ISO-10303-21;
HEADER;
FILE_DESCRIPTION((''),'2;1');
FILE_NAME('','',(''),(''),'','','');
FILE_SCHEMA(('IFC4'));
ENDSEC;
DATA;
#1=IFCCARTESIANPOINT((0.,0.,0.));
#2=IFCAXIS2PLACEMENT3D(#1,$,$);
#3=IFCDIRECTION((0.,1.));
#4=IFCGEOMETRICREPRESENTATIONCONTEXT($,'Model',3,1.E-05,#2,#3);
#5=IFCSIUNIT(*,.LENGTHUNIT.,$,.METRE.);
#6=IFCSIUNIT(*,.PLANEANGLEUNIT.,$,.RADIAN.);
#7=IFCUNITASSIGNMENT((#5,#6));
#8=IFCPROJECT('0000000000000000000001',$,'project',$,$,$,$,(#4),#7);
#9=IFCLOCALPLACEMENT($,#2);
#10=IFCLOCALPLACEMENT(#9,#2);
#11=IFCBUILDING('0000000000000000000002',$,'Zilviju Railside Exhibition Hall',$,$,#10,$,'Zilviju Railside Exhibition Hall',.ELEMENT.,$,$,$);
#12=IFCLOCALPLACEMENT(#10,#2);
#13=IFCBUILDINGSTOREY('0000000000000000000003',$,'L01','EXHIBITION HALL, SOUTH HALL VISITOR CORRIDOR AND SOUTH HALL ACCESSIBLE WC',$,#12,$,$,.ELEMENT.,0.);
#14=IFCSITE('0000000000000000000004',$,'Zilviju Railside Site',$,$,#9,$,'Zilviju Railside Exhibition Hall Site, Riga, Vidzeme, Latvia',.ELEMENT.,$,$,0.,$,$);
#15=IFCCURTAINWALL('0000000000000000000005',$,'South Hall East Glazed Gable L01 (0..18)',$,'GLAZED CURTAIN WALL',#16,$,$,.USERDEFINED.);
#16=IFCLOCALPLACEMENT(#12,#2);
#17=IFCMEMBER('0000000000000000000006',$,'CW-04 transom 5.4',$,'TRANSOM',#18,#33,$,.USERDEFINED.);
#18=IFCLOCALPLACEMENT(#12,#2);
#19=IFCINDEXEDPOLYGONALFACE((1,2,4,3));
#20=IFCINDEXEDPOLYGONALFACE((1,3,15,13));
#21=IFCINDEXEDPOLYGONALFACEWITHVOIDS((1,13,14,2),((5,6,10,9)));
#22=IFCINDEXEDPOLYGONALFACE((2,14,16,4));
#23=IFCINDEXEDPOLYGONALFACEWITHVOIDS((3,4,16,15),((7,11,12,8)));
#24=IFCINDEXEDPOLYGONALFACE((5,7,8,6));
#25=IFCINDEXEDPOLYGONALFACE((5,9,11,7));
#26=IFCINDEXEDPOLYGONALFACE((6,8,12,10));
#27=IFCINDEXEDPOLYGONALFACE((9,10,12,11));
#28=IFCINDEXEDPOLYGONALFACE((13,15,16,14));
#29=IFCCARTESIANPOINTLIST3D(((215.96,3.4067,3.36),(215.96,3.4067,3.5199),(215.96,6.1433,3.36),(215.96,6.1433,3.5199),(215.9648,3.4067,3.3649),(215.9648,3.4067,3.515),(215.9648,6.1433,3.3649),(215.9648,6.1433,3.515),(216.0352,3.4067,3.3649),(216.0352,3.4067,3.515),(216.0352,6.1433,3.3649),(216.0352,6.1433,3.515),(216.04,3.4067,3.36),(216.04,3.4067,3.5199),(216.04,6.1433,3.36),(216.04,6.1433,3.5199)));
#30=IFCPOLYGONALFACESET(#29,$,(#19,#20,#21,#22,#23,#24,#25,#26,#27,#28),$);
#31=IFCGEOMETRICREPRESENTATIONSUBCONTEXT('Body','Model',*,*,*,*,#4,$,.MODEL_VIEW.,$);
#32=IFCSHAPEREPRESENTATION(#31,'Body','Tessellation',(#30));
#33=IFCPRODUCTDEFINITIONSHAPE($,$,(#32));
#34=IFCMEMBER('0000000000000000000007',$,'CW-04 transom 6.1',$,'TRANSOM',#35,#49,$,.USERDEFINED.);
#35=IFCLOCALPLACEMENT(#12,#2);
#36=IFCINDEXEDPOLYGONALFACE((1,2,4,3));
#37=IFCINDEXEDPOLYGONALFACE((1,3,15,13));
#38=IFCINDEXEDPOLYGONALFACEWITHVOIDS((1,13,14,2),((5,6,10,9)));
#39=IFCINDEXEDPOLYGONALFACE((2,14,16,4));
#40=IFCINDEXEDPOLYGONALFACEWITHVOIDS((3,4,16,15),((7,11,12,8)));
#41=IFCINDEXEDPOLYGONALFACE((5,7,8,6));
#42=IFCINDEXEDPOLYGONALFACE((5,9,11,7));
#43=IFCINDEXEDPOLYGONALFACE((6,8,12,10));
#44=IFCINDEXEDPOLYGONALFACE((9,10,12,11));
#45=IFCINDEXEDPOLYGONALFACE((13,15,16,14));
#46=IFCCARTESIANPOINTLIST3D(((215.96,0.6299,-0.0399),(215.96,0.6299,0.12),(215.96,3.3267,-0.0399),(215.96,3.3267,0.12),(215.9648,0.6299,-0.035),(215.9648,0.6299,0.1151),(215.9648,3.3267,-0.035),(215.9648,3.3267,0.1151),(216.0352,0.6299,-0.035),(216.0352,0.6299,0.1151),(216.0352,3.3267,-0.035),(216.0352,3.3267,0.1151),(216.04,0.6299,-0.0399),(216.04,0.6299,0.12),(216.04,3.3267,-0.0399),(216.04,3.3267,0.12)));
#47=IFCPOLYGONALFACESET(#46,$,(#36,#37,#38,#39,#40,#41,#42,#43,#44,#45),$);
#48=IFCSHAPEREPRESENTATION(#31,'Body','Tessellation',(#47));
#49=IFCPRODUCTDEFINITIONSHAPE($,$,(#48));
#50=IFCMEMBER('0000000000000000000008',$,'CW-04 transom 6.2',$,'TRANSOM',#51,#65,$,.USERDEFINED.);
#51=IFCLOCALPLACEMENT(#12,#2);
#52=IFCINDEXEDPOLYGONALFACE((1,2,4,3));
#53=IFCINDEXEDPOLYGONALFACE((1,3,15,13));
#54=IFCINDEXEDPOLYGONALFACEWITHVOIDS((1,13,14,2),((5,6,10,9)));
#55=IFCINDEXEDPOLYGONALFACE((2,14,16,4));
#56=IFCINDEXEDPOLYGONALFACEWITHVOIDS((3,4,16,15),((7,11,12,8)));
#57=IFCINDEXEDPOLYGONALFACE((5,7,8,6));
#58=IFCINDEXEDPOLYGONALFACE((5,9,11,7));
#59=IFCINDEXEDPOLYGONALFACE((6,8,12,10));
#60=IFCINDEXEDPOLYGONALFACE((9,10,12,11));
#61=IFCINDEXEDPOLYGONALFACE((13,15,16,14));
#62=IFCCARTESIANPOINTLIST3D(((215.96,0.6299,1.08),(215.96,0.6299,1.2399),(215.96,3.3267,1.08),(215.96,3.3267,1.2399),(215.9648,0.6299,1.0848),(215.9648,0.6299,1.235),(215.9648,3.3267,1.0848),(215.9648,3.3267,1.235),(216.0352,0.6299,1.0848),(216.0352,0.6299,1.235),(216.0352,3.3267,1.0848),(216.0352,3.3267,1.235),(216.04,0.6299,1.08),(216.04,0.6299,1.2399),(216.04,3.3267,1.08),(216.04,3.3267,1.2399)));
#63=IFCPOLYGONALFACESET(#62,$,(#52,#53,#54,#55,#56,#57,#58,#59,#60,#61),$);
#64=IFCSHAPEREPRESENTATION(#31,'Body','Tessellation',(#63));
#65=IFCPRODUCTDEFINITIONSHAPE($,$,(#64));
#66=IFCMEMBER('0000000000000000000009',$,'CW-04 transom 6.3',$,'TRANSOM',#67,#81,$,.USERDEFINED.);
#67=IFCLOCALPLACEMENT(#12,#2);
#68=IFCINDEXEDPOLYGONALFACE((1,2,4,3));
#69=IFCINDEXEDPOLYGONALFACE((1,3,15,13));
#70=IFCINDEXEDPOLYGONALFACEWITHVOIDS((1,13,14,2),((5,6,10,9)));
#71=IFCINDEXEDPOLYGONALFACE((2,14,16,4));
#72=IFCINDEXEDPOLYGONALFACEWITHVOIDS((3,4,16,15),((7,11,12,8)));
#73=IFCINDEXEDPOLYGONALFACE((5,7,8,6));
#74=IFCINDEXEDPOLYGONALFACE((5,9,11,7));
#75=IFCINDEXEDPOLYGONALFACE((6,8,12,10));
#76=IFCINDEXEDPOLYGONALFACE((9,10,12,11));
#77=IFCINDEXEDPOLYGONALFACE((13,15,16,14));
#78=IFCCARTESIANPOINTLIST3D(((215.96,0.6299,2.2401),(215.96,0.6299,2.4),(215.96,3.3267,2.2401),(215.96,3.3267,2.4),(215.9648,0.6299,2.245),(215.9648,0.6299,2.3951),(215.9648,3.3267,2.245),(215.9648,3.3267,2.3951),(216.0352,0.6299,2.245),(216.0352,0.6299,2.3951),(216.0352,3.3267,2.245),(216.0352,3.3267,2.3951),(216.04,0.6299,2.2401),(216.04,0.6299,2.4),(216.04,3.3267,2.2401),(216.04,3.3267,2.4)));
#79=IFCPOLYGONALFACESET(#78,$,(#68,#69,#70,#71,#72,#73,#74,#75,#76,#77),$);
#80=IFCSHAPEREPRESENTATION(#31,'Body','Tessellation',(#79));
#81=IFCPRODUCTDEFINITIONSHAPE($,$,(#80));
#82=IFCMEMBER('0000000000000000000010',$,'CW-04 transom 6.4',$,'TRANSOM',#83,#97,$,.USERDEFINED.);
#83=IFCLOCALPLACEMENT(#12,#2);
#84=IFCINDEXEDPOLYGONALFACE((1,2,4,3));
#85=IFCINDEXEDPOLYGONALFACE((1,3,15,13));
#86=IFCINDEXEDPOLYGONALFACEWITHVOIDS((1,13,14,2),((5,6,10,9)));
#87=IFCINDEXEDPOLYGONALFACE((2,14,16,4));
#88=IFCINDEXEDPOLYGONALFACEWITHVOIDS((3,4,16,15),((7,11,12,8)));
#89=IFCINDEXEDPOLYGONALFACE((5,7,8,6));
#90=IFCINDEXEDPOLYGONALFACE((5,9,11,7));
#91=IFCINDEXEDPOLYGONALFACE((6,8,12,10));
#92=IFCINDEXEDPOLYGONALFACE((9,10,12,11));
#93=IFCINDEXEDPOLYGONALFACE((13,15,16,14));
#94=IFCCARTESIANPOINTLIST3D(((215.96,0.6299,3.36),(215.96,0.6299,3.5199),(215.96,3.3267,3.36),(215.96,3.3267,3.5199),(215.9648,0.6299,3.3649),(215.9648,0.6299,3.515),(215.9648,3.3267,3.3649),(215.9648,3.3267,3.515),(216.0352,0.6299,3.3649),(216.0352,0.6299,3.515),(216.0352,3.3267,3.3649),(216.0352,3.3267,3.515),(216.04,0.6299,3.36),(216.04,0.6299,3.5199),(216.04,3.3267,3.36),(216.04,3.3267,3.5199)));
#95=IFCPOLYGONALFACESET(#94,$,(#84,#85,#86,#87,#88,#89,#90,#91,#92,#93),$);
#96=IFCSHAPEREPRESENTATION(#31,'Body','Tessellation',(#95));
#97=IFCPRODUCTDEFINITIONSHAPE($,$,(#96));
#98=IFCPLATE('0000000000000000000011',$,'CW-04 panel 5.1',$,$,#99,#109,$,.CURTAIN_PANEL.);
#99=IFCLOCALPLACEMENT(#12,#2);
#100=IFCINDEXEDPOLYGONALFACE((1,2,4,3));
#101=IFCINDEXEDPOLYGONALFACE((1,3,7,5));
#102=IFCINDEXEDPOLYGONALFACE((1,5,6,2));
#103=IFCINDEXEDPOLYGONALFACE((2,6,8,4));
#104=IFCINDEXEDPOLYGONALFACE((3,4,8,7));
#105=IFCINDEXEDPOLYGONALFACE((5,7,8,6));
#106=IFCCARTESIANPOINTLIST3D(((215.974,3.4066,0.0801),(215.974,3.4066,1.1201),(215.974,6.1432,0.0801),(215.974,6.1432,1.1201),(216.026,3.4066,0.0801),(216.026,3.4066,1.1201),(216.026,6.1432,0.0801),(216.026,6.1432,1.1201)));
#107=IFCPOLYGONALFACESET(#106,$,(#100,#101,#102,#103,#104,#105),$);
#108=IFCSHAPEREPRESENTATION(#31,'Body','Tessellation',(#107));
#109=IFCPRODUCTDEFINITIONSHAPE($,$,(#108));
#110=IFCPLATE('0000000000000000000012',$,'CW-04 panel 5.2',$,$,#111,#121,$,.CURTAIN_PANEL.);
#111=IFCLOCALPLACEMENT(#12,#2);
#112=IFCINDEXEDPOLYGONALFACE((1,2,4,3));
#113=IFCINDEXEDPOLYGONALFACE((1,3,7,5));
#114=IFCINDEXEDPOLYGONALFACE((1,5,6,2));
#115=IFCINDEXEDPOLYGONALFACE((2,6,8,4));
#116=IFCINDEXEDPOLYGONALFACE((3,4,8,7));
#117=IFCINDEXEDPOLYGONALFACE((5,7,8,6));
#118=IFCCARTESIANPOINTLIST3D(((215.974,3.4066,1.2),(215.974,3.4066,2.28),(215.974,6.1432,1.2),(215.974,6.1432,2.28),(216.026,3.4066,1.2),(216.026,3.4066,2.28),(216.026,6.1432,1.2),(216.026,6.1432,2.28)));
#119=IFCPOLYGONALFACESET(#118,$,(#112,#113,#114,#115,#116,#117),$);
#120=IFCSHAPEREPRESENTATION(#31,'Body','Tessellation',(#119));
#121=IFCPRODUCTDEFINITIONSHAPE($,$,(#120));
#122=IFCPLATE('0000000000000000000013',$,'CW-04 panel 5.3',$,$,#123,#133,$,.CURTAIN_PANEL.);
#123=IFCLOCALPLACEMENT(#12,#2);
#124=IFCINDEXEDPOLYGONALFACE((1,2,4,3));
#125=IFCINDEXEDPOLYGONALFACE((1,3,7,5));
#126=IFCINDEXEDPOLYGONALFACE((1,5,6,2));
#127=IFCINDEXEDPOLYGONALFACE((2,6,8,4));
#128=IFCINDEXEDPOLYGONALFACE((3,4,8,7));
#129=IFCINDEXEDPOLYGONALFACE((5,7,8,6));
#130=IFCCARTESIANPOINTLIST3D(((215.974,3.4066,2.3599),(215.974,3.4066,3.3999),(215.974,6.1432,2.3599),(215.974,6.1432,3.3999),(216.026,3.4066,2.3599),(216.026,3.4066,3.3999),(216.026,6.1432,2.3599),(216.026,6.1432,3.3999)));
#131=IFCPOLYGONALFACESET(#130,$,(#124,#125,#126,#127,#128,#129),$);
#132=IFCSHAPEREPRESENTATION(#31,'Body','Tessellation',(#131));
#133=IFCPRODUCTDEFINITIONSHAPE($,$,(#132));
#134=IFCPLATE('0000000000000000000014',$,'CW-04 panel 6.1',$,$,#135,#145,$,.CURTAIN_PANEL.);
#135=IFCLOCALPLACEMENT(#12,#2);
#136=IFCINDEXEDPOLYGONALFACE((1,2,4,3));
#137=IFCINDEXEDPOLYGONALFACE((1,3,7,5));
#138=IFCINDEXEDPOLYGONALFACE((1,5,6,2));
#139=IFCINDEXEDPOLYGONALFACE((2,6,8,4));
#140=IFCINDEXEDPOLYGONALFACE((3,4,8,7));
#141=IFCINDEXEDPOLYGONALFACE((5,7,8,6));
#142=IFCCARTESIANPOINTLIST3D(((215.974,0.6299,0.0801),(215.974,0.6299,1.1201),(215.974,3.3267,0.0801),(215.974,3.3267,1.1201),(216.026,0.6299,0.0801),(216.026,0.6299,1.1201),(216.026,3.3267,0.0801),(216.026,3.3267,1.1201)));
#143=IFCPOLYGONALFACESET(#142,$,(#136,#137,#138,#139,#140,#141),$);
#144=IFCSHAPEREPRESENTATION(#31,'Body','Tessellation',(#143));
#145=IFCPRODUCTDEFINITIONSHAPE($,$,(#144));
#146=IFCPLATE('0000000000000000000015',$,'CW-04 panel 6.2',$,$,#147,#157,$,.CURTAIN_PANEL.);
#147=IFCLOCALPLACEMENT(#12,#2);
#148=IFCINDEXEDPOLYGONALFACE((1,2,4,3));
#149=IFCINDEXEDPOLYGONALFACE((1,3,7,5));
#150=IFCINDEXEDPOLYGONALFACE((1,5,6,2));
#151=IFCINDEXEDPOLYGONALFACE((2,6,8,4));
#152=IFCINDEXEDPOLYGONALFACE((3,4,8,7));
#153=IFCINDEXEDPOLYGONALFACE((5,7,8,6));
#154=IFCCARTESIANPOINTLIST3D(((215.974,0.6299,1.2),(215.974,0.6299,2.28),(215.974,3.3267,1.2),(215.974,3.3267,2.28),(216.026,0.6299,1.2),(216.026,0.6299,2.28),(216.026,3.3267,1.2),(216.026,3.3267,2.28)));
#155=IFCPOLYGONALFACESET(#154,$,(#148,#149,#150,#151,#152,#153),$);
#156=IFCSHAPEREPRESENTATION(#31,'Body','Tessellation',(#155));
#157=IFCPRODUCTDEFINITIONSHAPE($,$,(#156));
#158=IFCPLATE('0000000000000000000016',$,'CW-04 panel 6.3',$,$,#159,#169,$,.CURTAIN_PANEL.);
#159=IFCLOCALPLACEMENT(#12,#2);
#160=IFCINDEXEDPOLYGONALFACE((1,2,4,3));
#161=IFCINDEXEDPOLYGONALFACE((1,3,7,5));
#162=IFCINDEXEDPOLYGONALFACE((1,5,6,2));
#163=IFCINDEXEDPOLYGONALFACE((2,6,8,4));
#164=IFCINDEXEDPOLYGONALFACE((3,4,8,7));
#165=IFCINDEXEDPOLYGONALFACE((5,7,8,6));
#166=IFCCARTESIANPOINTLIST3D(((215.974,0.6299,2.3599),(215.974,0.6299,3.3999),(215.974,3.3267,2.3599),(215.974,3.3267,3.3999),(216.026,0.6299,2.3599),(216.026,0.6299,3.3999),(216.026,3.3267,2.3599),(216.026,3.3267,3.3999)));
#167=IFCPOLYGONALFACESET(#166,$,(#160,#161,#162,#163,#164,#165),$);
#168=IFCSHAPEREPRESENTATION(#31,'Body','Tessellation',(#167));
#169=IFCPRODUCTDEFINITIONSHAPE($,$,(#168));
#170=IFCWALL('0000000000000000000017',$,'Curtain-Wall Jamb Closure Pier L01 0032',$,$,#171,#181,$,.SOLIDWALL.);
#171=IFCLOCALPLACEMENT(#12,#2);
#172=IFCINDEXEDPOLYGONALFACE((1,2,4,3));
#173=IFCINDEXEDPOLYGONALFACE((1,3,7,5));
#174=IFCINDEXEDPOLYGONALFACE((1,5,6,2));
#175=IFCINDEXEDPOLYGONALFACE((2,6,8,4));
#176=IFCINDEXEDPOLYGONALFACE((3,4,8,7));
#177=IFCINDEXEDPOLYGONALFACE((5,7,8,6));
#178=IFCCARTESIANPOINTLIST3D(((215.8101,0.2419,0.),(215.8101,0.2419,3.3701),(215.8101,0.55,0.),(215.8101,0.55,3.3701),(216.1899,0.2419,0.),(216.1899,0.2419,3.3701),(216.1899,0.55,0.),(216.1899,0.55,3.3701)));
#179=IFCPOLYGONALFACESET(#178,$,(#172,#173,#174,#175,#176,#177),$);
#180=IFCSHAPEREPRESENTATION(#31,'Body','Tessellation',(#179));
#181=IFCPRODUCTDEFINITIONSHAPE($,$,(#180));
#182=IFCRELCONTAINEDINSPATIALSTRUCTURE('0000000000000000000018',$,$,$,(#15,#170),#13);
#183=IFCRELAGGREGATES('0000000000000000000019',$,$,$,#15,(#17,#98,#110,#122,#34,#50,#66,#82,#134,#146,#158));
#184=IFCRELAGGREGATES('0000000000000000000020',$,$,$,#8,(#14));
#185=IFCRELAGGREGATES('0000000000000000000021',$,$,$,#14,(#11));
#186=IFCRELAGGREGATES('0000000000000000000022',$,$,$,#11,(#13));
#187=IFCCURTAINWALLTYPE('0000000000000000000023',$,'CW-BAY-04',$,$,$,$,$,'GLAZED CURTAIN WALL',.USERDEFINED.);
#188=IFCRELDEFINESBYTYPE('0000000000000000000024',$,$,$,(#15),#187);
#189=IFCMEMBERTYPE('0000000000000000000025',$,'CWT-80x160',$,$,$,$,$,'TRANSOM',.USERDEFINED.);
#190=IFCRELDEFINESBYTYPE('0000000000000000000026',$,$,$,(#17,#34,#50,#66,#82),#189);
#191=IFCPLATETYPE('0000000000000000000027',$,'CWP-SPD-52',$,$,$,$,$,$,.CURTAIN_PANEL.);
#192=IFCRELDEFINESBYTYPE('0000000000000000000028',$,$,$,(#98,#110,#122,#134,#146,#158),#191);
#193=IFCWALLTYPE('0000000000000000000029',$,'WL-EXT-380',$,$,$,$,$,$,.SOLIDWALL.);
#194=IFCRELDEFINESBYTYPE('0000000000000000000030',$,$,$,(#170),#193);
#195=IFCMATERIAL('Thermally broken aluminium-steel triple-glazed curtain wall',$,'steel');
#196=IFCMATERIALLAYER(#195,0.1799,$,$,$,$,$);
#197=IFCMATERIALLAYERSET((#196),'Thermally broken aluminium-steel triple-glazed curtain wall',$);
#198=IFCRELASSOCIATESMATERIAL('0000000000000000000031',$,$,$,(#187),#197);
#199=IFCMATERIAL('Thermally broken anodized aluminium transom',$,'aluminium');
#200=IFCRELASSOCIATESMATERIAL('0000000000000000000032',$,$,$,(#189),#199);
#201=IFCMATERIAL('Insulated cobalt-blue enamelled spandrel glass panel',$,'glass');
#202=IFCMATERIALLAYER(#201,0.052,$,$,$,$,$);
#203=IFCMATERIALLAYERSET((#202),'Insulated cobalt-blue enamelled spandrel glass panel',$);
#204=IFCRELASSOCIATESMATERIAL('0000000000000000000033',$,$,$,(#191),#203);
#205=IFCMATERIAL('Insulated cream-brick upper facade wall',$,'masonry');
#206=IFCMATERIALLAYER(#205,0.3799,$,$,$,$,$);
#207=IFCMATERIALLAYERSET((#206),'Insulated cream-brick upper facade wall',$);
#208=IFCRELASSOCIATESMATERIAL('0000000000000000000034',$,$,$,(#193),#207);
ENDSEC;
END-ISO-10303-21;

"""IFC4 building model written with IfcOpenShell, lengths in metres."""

from ifc_helpers import new_model, si_unit, direction, frame, frame_2d, origin, origin_2d, place, context, subcontext, project, spatial, rectangle, hollow_rectangle, extrude, material, layer, layer_set, material_profile, profile_set, type_object, element, aggregate, save


model = new_model("IFC4")

# Units and contexts
model_context = context("Model", 3, precision=1e-05, world=origin(), true_north=direction((0.0, 1.0)))
body_context = subcontext(model_context, "Body", "Model", "MODEL_VIEW")
ifc_project = project(units=[si_unit("LENGTHUNIT", "METRE"), si_unit("PLANEANGLEUNIT", "RADIAN")], contexts=[model_context])

# Site, building, storey
site_placement = place(None, origin())
site = spatial("IfcSite", under=ifc_project, at=site_placement, Name="Zilviju Railside Site", LongName="Zilviju Railside Exhibition Hall Site, Riga, Vidzeme, Latvia", CompositionType="ELEMENT", RefElevation=0.0)
building_placement = place(site_placement, origin())
building = spatial("IfcBuilding", under=site, at=building_placement, Name="Zilviju Railside Exhibition Hall", LongName="Zilviju Railside Exhibition Hall", CompositionType="ELEMENT")
storey_placement = place(building_placement, origin())
storey = spatial("IfcBuildingStorey", under=building, at=storey_placement, Name="L01", Description="EXHIBITION HALL, SOUTH HALL VISITOR CORRIDOR AND SOUTH HALL ACCESSIBLE WC", CompositionType="ELEMENT", Elevation=0.0)

# Curtain wall, members, plates
ifc_material_1 = material(Name="Thermally broken aluminium-steel triple-glazed curtain wall", Category="steel")
ifc_layer_1 = layer(ifc_material_1, 0.1799)
ifc_layer_set_1 = layer_set([ifc_layer_1], Name="Thermally broken aluminium-steel triple-glazed curtain wall")
curtain_wall_type = type_object("IfcCurtainWallType", Name="CW-BAY-04", ElementType="GLAZED CURTAIN WALL", PredefinedType="USERDEFINED", material=ifc_layer_set_1)
curtain_wall_placement = place(storey_placement, origin())
curtain_wall = element("IfcCurtainWall", 1, at=curtain_wall_placement, inside=storey, type_object=curtain_wall_type, Name="South Hall East Glazed Gable L01 (0..18)", ObjectType="GLAZED CURTAIN WALL", PredefinedType="USERDEFINED")
ifc_material_2 = material(Name="Thermally broken anodized aluminium transom", Category="aluminium")
ifc_material_profile_1 = material_profile(ifc_material_2, hollow_rectangle(XDim=0.0801, YDim=0.1599, WallThickness=0.0049, at=origin_2d()), Name="TRANSOM 160x80x5")
ifc_profile_set_1 = profile_set([ifc_material_profile_1], Name="Thermally broken anodized aluminium transom")
member_type_1 = type_object("IfcMemberType", Name="CWT-80x160", ElementType="TRANSOM", PredefinedType="USERDEFINED", material=ifc_profile_set_1)
member_1_placement = place(storey_placement, frame((216.0, 6.1433, 3.4399), z_axis=(0.0, -1.0, 0.0), x_axis=(1.0, 0.0, 0.0)))
member_1 = element("IfcMember", 2, at=member_1_placement, type_object=member_type_1, Name="CW-04 transom 5.4", ObjectType="TRANSOM", PredefinedType="USERDEFINED", context=body_context, shape_type="SweptSolid", body=[
    extrude(hollow_rectangle(XDim=0.0801, YDim=0.1599, WallThickness=0.0049, at=origin_2d()), origin(), (0.0, 0.0, 1.0), 2.7366),
])
member_2_placement = place(storey_placement, frame((216.0, 3.3267, 0.04), z_axis=(0.0, -1.0, 0.0), x_axis=(1.0, 0.0, 0.0)))
member_2 = element("IfcMember", 3, at=member_2_placement, type_object=member_type_1, Name="CW-04 transom 6.1", ObjectType="TRANSOM", PredefinedType="USERDEFINED", context=body_context, shape_type="SweptSolid", body=[
    extrude(hollow_rectangle(XDim=0.0801, YDim=0.1599, WallThickness=0.0049, at=origin_2d()), origin(), (0.0, 0.0, 1.0), 2.6968),
])
member_3_placement = place(storey_placement, frame((216.0, 3.3267, 1.1599), z_axis=(0.0, -1.0, 0.0), x_axis=(1.0, 0.0, 0.0)))
member_3 = element("IfcMember", 4, at=member_3_placement, type_object=member_type_1, Name="CW-04 transom 6.2", ObjectType="TRANSOM", PredefinedType="USERDEFINED", context=body_context, shape_type="SweptSolid", body=[
    extrude(hollow_rectangle(XDim=0.0801, YDim=0.1599, WallThickness=0.0049, at=origin_2d()), origin(), (0.0, 0.0, 1.0), 2.6968),
])
member_4_placement = place(storey_placement, frame((216.0, 3.3267, 2.3201), z_axis=(0.0, -1.0, 0.0), x_axis=(1.0, 0.0, 0.0)))
member_4 = element("IfcMember", 5, at=member_4_placement, type_object=member_type_1, Name="CW-04 transom 6.3", ObjectType="TRANSOM", PredefinedType="USERDEFINED", context=body_context, shape_type="SweptSolid", body=[
    extrude(hollow_rectangle(XDim=0.0801, YDim=0.1599, WallThickness=0.0049, at=origin_2d()), origin(), (0.0, 0.0, 1.0), 2.6968),
])
member_5_placement = place(storey_placement, frame((216.0, 3.3267, 3.4399), z_axis=(0.0, -1.0, 0.0), x_axis=(1.0, 0.0, 0.0)))
member_5 = element("IfcMember", 6, at=member_5_placement, type_object=member_type_1, Name="CW-04 transom 6.4", ObjectType="TRANSOM", PredefinedType="USERDEFINED", context=body_context, shape_type="SweptSolid", body=[
    extrude(hollow_rectangle(XDim=0.0801, YDim=0.1599, WallThickness=0.0049, at=origin_2d()), origin(), (0.0, 0.0, 1.0), 2.6968),
])
ifc_material_3 = material(Name="Insulated cobalt-blue enamelled spandrel glass panel", Category="glass")
ifc_layer_2 = layer(ifc_material_3, 0.052)
ifc_layer_set_2 = layer_set([ifc_layer_2], Name="Insulated cobalt-blue enamelled spandrel glass panel")
plate_type = type_object("IfcPlateType", Name="CWP-SPD-52", PredefinedType="CURTAIN_PANEL", material=ifc_layer_set_2)
plate_1_placement = place(storey_placement, frame((216.0, 4.7749, 0.0801), z_axis=(0.0, 0.0, 1.0), x_axis=(0.0, -1.0, 0.0)))
plate_1 = element("IfcPlate", 7, at=plate_1_placement, type_object=plate_type, Name="CW-04 panel 5.1", PredefinedType="CURTAIN_PANEL", context=body_context, shape_type="SweptSolid", body=[
    extrude(rectangle(XDim=2.7366, YDim=0.052, at=origin_2d()), origin(), (0.0, 0.0, 1.0), 1.04),
])
plate_2_placement = place(storey_placement, frame((216.0, 4.7749, 1.2), z_axis=(0.0, 0.0, 1.0), x_axis=(0.0, -1.0, 0.0)))
plate_2 = element("IfcPlate", 8, at=plate_2_placement, type_object=plate_type, Name="CW-04 panel 5.2", PredefinedType="CURTAIN_PANEL", context=body_context, shape_type="SweptSolid", body=[
    extrude(rectangle(XDim=2.7366, YDim=0.052, at=origin_2d()), origin(), (0.0, 0.0, 1.0), 1.0801),
])
plate_3_placement = place(storey_placement, frame((216.0, 4.7749, 2.3599), z_axis=(0.0, 0.0, 1.0), x_axis=(0.0, -1.0, 0.0)))
plate_3 = element("IfcPlate", 9, at=plate_3_placement, type_object=plate_type, Name="CW-04 panel 5.3", PredefinedType="CURTAIN_PANEL", context=body_context, shape_type="SweptSolid", body=[
    extrude(rectangle(XDim=2.7366, YDim=0.052, at=origin_2d()), origin(), (0.0, 0.0, 1.0), 1.04),
])
plate_4_placement = place(storey_placement, frame((216.0, 1.9783, 0.0801), z_axis=(0.0, 0.0, 1.0), x_axis=(0.0, -1.0, 0.0)))
plate_4 = element("IfcPlate", 10, at=plate_4_placement, type_object=plate_type, Name="CW-04 panel 6.1", PredefinedType="CURTAIN_PANEL", context=body_context, shape_type="SweptSolid", body=[
    extrude(rectangle(XDim=2.6968, YDim=0.052, at=origin_2d()), origin(), (0.0, 0.0, 1.0), 1.04),
])
plate_5_placement = place(storey_placement, frame((216.0, 1.9783, 1.2), z_axis=(0.0, 0.0, 1.0), x_axis=(0.0, -1.0, 0.0)))
plate_5 = element("IfcPlate", 11, at=plate_5_placement, type_object=plate_type, Name="CW-04 panel 6.2", PredefinedType="CURTAIN_PANEL", context=body_context, shape_type="SweptSolid", body=[
    extrude(rectangle(XDim=2.6968, YDim=0.052, at=origin_2d()), origin(), (0.0, 0.0, 1.0), 1.0801),
])
plate_6_placement = place(storey_placement, frame((216.0, 1.9783, 2.3599), z_axis=(0.0, 0.0, 1.0), x_axis=(0.0, -1.0, 0.0)))
plate_6 = element("IfcPlate", 12, at=plate_6_placement, type_object=plate_type, Name="CW-04 panel 6.3", PredefinedType="CURTAIN_PANEL", context=body_context, shape_type="SweptSolid", body=[
    extrude(rectangle(XDim=2.6968, YDim=0.052, at=origin_2d()), origin(), (0.0, 0.0, 1.0), 1.04),
])
aggregate(curtain_wall, [member_1, plate_1, plate_2, plate_3, member_2, member_3, member_4, member_5, plate_4, plate_5, plate_6])

# Wall
ifc_material_4 = material(Name="Insulated cream-brick upper facade wall", Category="masonry")
ifc_layer_3 = layer(ifc_material_4, 0.3799)
ifc_layer_set_3 = layer_set([ifc_layer_3], Name="Insulated cream-brick upper facade wall")
wall_type = type_object("IfcWallType", Name="WL-EXT-380", PredefinedType="SOLIDWALL", material=ifc_layer_set_3)
wall_placement = place(storey_placement, frame((216.0, 0.55, 0.0), z_axis=(0.0, 0.0, 1.0), x_axis=(0.0, -1.0, 0.0)))
element("IfcWall", 13, at=wall_placement, inside=storey, type_object=wall_type, Name="Curtain-Wall Jamb Closure Pier L01 0032", PredefinedType="SOLIDWALL", context=body_context, shape_type="SweptSolid", body=[
    extrude(rectangle(XDim=0.3081, YDim=0.3799, at=frame_2d((0.1541, 0.0))), origin(), (0.0, 0.0, 1.0), 3.3701),
])

save(model, "model.ifc")
